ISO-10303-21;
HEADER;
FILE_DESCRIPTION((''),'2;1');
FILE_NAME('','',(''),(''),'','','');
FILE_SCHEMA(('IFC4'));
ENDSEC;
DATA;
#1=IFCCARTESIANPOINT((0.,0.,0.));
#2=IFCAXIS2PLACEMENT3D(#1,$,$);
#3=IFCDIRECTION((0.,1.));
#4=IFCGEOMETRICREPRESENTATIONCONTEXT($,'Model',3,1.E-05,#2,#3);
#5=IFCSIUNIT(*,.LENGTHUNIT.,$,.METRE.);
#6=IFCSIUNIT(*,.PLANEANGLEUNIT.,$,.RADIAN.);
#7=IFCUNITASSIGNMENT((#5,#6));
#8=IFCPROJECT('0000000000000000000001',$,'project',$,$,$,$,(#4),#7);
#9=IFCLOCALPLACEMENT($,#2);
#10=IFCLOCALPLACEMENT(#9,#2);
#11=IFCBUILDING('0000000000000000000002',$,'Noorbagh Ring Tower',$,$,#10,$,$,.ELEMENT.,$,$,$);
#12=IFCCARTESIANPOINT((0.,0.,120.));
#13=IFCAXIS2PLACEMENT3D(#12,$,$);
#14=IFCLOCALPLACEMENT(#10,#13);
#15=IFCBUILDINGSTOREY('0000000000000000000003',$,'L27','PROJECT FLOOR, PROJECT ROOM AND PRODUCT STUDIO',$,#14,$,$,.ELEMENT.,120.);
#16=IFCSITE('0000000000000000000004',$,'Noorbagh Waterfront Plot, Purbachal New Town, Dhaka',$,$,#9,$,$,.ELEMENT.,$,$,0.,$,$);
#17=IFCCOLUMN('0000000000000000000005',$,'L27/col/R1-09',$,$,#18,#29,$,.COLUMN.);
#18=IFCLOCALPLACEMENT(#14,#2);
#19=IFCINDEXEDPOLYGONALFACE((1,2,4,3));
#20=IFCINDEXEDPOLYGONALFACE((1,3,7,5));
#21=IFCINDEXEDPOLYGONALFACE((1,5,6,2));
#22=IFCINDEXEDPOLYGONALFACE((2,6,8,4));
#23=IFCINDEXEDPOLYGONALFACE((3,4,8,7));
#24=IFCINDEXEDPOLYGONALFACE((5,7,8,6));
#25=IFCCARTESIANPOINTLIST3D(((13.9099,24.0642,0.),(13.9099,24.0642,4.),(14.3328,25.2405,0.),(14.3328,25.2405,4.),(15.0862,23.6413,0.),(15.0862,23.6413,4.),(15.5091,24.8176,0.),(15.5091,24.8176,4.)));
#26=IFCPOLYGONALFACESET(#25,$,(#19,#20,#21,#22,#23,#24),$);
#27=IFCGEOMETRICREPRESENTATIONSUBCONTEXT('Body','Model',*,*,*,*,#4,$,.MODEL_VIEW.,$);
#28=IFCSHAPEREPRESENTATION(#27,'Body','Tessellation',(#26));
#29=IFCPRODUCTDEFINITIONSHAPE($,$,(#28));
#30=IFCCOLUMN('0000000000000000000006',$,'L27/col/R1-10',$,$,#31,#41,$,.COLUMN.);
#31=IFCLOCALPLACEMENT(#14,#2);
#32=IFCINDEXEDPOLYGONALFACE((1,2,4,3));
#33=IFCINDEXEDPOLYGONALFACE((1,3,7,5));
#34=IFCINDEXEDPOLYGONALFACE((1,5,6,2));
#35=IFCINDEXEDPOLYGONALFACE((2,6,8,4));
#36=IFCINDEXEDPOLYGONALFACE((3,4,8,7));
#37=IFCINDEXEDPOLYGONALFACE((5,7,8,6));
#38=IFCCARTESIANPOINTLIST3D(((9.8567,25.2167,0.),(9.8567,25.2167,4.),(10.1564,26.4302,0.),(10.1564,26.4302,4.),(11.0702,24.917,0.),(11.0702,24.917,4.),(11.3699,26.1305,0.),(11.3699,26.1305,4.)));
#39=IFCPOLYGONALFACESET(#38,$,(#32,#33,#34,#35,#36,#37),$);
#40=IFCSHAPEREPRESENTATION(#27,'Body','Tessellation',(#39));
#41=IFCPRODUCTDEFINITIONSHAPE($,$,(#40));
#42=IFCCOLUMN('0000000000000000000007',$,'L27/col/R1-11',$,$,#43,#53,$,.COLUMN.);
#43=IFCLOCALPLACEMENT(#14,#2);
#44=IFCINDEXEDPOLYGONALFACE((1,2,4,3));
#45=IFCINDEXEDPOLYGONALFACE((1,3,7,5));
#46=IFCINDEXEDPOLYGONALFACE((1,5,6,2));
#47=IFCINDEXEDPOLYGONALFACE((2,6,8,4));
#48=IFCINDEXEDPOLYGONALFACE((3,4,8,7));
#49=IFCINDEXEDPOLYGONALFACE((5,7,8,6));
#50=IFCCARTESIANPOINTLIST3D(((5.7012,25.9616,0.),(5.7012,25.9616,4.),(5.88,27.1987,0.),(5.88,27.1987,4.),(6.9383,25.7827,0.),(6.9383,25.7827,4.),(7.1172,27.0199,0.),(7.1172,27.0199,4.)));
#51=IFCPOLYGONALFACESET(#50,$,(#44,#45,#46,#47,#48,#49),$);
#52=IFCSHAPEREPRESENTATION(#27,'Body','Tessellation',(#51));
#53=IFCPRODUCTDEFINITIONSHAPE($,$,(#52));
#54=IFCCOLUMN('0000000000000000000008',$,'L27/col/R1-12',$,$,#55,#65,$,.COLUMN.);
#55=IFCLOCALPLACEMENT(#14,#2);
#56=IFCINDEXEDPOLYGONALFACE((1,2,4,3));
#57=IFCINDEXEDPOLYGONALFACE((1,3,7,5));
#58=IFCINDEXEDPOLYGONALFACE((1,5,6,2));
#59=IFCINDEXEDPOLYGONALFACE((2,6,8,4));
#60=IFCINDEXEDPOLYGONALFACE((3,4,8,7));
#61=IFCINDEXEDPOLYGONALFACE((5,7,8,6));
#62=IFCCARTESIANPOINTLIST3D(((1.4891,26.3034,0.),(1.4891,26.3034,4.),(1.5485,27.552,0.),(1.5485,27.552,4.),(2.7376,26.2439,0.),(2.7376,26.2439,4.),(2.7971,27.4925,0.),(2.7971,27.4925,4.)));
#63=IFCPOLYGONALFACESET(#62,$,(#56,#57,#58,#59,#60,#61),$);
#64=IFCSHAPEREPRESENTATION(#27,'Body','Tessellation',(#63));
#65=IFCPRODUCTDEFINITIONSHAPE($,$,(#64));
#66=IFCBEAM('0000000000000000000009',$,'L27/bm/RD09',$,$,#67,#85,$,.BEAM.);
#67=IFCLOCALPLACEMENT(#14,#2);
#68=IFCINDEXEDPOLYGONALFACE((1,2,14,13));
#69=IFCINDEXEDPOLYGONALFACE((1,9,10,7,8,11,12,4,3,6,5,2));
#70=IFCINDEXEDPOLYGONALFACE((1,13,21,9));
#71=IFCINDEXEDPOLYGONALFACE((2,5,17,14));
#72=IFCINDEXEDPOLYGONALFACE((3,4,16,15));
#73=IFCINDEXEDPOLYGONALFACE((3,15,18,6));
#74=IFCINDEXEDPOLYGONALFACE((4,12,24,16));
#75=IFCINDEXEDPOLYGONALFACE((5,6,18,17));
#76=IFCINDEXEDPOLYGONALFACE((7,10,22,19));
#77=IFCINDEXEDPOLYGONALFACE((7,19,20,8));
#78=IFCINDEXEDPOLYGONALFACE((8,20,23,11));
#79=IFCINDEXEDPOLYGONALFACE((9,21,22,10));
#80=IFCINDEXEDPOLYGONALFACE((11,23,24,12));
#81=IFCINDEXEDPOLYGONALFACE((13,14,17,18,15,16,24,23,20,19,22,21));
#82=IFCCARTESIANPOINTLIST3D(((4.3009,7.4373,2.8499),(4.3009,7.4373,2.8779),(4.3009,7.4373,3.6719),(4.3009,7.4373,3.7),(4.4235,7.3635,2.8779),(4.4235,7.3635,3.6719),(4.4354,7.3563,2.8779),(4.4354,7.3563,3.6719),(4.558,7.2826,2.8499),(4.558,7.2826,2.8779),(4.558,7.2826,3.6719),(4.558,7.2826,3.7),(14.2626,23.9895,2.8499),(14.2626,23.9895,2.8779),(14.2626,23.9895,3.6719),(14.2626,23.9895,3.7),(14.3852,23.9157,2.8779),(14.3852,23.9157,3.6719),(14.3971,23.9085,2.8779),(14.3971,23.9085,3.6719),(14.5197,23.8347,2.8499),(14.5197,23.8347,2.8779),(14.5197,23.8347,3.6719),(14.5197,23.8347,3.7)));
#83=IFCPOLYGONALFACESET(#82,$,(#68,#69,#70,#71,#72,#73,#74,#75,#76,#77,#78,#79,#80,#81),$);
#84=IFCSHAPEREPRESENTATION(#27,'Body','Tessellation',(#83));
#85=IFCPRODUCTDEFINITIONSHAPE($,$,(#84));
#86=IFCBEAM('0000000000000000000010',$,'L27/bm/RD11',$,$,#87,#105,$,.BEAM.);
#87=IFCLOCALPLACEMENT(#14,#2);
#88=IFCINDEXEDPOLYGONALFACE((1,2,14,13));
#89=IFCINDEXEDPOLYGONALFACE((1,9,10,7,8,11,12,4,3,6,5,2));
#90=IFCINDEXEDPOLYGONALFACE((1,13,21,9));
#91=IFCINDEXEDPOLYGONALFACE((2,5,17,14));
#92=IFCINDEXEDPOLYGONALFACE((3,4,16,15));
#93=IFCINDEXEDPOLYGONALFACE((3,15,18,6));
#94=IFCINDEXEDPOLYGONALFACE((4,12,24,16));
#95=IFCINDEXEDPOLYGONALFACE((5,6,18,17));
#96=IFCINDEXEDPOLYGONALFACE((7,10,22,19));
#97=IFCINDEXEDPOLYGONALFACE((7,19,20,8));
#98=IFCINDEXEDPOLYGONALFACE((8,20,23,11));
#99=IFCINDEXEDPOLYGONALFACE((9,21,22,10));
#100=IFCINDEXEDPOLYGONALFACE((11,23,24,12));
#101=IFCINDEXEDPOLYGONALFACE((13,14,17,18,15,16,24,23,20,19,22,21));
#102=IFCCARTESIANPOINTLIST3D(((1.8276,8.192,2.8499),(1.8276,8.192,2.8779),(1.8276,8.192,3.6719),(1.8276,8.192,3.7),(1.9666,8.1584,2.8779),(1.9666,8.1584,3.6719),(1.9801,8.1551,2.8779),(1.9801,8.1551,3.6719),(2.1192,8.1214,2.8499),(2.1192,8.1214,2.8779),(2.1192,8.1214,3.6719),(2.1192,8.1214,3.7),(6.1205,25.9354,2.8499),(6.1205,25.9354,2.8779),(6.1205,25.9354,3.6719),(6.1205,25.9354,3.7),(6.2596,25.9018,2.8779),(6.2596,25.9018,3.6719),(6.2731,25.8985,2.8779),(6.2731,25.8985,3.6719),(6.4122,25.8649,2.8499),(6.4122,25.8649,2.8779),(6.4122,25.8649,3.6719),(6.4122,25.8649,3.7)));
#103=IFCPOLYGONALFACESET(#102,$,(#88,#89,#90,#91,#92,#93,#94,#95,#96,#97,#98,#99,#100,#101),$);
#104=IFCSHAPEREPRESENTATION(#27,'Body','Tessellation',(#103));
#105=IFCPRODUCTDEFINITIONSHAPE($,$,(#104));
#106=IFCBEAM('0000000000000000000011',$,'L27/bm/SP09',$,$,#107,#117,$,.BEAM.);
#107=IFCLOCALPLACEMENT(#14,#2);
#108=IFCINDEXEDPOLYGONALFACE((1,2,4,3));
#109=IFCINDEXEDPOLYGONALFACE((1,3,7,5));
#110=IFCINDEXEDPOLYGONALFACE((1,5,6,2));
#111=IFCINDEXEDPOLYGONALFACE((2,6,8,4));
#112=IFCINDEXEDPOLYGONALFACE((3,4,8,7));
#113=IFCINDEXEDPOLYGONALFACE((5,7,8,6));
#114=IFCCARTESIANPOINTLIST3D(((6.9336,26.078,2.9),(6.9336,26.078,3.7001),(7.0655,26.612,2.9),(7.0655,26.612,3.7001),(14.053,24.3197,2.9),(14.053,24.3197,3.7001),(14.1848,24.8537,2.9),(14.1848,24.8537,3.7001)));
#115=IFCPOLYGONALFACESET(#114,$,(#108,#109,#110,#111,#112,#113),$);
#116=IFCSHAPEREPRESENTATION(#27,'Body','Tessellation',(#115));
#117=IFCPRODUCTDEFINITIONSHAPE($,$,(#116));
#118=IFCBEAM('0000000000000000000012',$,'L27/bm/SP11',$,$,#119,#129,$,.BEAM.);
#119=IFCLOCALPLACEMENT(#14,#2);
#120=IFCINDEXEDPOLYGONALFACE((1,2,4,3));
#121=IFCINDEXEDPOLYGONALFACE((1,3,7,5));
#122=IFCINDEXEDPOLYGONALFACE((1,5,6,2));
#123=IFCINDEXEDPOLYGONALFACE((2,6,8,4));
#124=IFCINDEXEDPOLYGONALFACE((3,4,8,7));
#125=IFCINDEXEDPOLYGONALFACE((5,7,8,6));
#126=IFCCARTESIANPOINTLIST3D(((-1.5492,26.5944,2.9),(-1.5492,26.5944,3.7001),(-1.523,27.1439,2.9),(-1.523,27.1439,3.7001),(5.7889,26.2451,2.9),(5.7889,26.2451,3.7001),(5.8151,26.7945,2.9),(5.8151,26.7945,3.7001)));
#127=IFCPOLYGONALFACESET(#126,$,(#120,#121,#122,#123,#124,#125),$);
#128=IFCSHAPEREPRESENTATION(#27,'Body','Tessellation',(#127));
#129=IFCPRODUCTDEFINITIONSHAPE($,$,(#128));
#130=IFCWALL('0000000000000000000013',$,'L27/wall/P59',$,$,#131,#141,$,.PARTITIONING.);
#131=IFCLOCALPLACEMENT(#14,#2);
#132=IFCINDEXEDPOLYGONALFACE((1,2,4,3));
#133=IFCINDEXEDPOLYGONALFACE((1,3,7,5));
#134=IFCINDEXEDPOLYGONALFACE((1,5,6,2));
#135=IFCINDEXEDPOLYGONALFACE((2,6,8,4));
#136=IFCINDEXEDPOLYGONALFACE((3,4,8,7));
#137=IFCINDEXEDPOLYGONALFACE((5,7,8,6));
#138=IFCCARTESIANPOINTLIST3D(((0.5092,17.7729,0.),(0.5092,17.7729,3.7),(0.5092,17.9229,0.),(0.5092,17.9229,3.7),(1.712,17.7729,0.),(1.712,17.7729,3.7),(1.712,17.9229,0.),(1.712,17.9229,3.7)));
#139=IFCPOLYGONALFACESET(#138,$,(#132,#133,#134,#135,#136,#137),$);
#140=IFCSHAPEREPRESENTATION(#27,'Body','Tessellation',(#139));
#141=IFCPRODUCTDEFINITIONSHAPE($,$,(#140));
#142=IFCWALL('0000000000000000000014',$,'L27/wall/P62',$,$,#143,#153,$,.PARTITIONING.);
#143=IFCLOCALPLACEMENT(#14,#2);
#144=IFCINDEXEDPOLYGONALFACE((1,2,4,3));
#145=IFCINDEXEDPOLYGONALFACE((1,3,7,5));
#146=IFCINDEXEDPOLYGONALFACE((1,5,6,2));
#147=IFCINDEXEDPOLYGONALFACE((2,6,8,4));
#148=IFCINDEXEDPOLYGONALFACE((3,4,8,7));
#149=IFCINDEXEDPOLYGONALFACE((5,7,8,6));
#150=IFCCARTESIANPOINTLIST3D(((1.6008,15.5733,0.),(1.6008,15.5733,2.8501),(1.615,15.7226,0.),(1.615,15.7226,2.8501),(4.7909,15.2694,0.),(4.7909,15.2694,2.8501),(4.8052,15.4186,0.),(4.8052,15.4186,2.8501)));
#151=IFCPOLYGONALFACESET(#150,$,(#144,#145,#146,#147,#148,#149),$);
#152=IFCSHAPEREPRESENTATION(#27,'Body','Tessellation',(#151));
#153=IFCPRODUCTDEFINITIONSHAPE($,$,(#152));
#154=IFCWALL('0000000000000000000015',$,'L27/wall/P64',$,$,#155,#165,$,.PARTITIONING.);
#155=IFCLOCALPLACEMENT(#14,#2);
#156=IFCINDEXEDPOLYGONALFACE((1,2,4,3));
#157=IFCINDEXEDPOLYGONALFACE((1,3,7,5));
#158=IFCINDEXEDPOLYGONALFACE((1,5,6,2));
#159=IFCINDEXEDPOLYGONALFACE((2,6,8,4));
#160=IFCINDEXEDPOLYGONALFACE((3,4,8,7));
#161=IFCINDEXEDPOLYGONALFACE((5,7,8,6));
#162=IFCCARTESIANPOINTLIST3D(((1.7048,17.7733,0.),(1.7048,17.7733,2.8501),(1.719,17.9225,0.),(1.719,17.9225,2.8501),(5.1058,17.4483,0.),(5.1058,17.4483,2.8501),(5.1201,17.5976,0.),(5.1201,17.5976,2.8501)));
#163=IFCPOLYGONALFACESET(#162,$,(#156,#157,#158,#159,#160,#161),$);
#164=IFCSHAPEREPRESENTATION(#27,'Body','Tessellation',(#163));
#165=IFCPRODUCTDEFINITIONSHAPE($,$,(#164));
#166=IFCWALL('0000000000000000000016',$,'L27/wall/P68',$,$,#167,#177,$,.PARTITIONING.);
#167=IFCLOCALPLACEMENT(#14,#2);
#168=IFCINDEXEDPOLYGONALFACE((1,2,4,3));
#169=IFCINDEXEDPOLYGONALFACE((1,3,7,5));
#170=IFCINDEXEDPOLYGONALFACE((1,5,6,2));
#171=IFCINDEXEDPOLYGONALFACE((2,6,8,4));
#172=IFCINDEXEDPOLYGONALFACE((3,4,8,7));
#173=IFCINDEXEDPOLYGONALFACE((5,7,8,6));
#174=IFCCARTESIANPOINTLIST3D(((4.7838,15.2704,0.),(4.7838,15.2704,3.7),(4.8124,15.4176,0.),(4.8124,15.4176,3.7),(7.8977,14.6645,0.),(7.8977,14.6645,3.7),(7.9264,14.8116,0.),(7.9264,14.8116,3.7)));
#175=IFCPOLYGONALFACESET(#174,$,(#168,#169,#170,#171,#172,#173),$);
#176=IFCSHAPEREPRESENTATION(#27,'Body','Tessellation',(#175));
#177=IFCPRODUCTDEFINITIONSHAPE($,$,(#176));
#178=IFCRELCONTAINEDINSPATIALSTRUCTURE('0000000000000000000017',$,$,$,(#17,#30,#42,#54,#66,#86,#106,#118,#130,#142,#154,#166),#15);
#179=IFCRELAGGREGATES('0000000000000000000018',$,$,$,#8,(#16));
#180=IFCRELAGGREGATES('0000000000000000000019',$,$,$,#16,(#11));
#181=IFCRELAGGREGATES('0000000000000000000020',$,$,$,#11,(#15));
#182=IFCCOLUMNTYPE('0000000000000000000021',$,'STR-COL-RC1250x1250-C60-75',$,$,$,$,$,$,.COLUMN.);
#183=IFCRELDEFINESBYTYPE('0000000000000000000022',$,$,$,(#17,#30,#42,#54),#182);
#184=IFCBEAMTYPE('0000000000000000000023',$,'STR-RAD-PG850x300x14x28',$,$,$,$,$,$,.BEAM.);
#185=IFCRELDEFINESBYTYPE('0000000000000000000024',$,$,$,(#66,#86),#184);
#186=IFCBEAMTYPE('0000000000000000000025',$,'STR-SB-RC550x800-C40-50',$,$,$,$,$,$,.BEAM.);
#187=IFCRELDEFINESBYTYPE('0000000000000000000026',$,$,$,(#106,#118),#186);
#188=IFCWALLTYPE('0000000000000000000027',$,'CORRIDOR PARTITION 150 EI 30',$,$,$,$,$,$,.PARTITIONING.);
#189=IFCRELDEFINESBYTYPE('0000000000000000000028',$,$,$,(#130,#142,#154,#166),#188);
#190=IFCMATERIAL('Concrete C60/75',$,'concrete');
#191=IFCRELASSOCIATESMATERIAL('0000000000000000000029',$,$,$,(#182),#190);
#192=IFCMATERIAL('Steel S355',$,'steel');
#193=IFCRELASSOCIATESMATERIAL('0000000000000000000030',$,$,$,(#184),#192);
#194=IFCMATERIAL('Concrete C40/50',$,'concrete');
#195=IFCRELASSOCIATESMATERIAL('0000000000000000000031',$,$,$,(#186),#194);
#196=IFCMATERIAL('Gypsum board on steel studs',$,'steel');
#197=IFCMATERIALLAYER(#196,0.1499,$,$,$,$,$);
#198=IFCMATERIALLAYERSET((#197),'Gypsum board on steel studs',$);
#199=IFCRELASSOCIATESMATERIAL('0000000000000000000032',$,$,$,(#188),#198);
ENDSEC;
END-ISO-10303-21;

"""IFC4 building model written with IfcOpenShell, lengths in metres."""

from ifc_helpers import new_model, si_unit, direction, frame, frame_2d, origin, origin_2d, place, context, subcontext, project, spatial, rectangle, i_section, extrude, material, layer, layer_set, material_profile, profile_set, type_object, element, save


model = new_model("IFC4")

# Units and contexts
model_context = context("Model", 3, precision=1e-05, world=origin(), true_north=direction((0.0, 1.0)))
body_context = subcontext(model_context, "Body", "Model", "MODEL_VIEW")
ifc_project = project(units=[si_unit("LENGTHUNIT", "METRE"), si_unit("PLANEANGLEUNIT", "RADIAN")], contexts=[model_context])

# Site, building, storey
site_placement = place(None, origin())
site = spatial("IfcSite", under=ifc_project, at=site_placement, Name="Noorbagh Waterfront Plot, Purbachal New Town, Dhaka", CompositionType="ELEMENT", RefElevation=0.0)
building_placement = place(site_placement, origin())
building = spatial("IfcBuilding", under=site, at=building_placement, Name="Noorbagh Ring Tower", CompositionType="ELEMENT")
storey_placement = place(building_placement, frame((0.0, 0.0, 120.0)))
storey = spatial("IfcBuildingStorey", under=building, at=storey_placement, Name="L27", Description="PROJECT FLOOR, PROJECT ROOM AND PRODUCT STUDIO", CompositionType="ELEMENT", Elevation=120.0)

# Columns
ifc_material_1 = material(Name="Concrete C60/75", Category="concrete")
ifc_material_profile_1 = material_profile(ifc_material_1, rectangle(XDim=1.25, YDim=1.25, at=origin_2d()), Name="RC1250x1250")
ifc_profile_set_1 = profile_set([ifc_material_profile_1], Name="Concrete C60/75")
column_type = type_object("IfcColumnType", Name="STR-COL-RC1250x1250-C60-75", PredefinedType="COLUMN", material=ifc_profile_set_1)
for number, where, z_axis, x_axis, name in (
    (1, (14.7095, 24.4409, 0.0), (0.0, 0.0, 1.0), (-0.941025, 0.338338, 0.0), "L27/col/R1-09"),
    (2, (10.6133, 25.6736, 0.0), (0.0, 0.0, 1.0), (-0.970829, 0.239771, 0.0), "L27/col/R1-10"),
    (3, (6.4092, 26.4907, 0.0), (0.0, 0.0, 1.0), (-0.989713, 0.143066, 0.0), "L27/col/R1-11"),
    (4, (2.1431, 26.8979, 0.0), (0.0, 0.0, 1.0), (-0.998869, 0.047553, 0.0), "L27/col/R1-12"),
):
    element("IfcColumn", number, at=place(storey_placement, frame(where, z_axis=z_axis, x_axis=x_axis)), inside=storey, type_object=column_type, Name=name, PredefinedType="COLUMN", context=body_context, shape_type="SweptSolid", body=[
        extrude(rectangle(XDim=1.25, YDim=1.25, at=origin_2d()), origin(), (0.0, 0.0, 1.0), 4.0),
    ])

# Beams
ifc_material_2 = material(Name="Steel S355", Category="steel")
ifc_material_profile_2 = material_profile(ifc_material_2, i_section(OverallWidth=0.3, OverallDepth=0.8501, WebThickness=0.0139, FlangeThickness=0.0281, at=origin_2d()), Name="PG850x300x14x28")
ifc_profile_set_2 = profile_set([ifc_material_profile_2], Name="Steel S355")
beam_type_1 = type_object("IfcBeamType", Name="STR-RAD-PG850x300x14x28", PredefinedType="BEAM", material=ifc_profile_set_2)
beam_1_placement = place(storey_placement, frame((14.3911, 23.9121, 3.2749), z_axis=(-0.515649, -0.8568, 0.0), x_axis=(0.8568, -0.515649, 0.0)))
element("IfcBeam", 5, at=beam_1_placement, inside=storey, type_object=beam_type_1, Name="L27/bm/RD09", PredefinedType="BEAM", context=body_context, shape_type="SweptSolid", body=[
    extrude(i_section(OverallWidth=0.3, OverallDepth=0.8501, WebThickness=0.0139, FlangeThickness=0.0281, at=origin_2d()), origin(), (0.0, 0.0, 1.0), 19.3186),
])
beam_2_placement = place(storey_placement, frame((6.2664, 25.9001, 3.2749), z_axis=(-0.235162, -0.971956, 0.0), x_axis=(0.971956, -0.235162, 0.0)))
element("IfcBeam", 6, at=beam_2_placement, inside=storey, type_object=beam_type_1, Name="L27/bm/RD11", PredefinedType="BEAM", context=body_context, shape_type="SweptSolid", body=[
    extrude(i_section(OverallWidth=0.3, OverallDepth=0.8501, WebThickness=0.0139, FlangeThickness=0.0281, at=origin_2d()), origin(), (0.0, 0.0, 1.0), 18.2554),
])
ifc_material_3 = material(Name="Concrete C40/50", Category="concrete")
ifc_material_profile_3 = material_profile(ifc_material_3, rectangle(XDim=0.55, YDim=0.8, at=origin_2d()), Name="RC550x800")
ifc_profile_set_3 = profile_set([ifc_material_profile_3], Name="Concrete C40/50")
beam_type_2 = type_object("IfcBeamType", Name="STR-SB-RC550x800-C40-50", PredefinedType="BEAM", material=ifc_profile_set_3)
beam_3_placement = place(storey_placement, frame((14.1189, 24.5867, 3.3), z_axis=(-0.97083, 0.239769, 0.0), x_axis=(-0.239769, -0.97083, 0.0)))
element("IfcBeam", 7, at=beam_3_placement, inside=storey, type_object=beam_type_2, Name="L27/bm/SP09", PredefinedType="BEAM", context=body_context, shape_type="SweptSolid", body=[
    extrude(rectangle(XDim=0.55, YDim=0.8, at=origin_2d()), origin(), (0.0, 0.0, 1.0), 7.3333),
])
beam_4_placement = place(storey_placement, frame((5.802, 26.5198, 3.3), z_axis=(-0.998869, 0.047556, 0.0), x_axis=(-0.047556, -0.998869, 0.0)))
element("IfcBeam", 8, at=beam_4_placement, inside=storey, type_object=beam_type_2, Name="L27/bm/SP11", PredefinedType="BEAM", context=body_context, shape_type="SweptSolid", body=[
    extrude(rectangle(XDim=0.55, YDim=0.8, at=origin_2d()), origin(), (0.0, 0.0, 1.0), 7.3464),
])

# Walls
ifc_material_4 = material(Name="Gypsum board on steel studs", Category="steel")
ifc_layer_1 = layer(ifc_material_4, 0.1499)
ifc_layer_set_1 = layer_set([ifc_layer_1], Name="Gypsum board on steel studs")
wall_type_1 = type_object("IfcWallType", Name="CORRIDOR PARTITION 150 EI 30", PredefinedType="PARTITIONING", material=ifc_layer_set_1)
wall_1_placement = place(storey_placement, frame((0.509, 17.8479, 0.0), z_axis=(0.0, 0.0, 1.0), x_axis=(1.0, 0.0, 0.0)))
element("IfcWall", 9, at=wall_1_placement, inside=storey, type_object=wall_type_1, Name="L27/wall/P59", PredefinedType="PARTITIONING", context=body_context, shape_type="SweptSolid", body=[
    extrude(rectangle(XDim=1.2029, YDim=0.1499, at=frame_2d((0.6016, 0.0))), origin(), (0.0, 0.0, 1.0), 3.7),
])
wall_2_placement = place(storey_placement, frame((1.6079, 15.6479, 0.0), z_axis=(0.0, 0.0, 1.0), x_axis=(0.995492, -0.094849, 0.0)))
element("IfcWall", 10, at=wall_2_placement, inside=storey, type_object=wall_type_1, Name="L27/wall/P62", PredefinedType="PARTITIONING", context=body_context, shape_type="SweptSolid", body=[
    extrude(rectangle(XDim=3.2046, YDim=0.1499, at=frame_2d((1.6023, 0.0))), origin(), (0.0, 0.0, 1.0), 2.8501),
])
wall_3_placement = place(storey_placement, frame((1.7119, 17.8479, 0.0), z_axis=(0.0, 0.0, 1.0), x_axis=(0.995467, -0.095109, 0.0)))
element("IfcWall", 11, at=wall_3_placement, inside=storey, type_object=wall_type_1, Name="L27/wall/P64", PredefinedType="PARTITIONING", context=body_context, shape_type="SweptSolid", body=[
    extrude(rectangle(XDim=3.4165, YDim=0.1499, at=frame_2d((1.7083, 0.0))), origin(), (0.0, 0.0, 1.0), 2.8501),
])
wall_4_placement = place(storey_placement, frame((4.7981, 15.344, 0.0), z_axis=(0.0, 0.0, 1.0), x_axis=(0.981589, -0.191008, 0.0)))
element("IfcWall", 12, at=wall_4_placement, inside=storey, type_object=wall_type_1, Name="L27/wall/P68", PredefinedType="PARTITIONING", context=body_context, shape_type="SweptSolid", body=[
    extrude(rectangle(XDim=3.1724, YDim=0.1499, at=frame_2d((1.5862, 0.0))), origin(), (0.0, 0.0, 1.0), 3.7),
])

save(model, "model.ifc")
